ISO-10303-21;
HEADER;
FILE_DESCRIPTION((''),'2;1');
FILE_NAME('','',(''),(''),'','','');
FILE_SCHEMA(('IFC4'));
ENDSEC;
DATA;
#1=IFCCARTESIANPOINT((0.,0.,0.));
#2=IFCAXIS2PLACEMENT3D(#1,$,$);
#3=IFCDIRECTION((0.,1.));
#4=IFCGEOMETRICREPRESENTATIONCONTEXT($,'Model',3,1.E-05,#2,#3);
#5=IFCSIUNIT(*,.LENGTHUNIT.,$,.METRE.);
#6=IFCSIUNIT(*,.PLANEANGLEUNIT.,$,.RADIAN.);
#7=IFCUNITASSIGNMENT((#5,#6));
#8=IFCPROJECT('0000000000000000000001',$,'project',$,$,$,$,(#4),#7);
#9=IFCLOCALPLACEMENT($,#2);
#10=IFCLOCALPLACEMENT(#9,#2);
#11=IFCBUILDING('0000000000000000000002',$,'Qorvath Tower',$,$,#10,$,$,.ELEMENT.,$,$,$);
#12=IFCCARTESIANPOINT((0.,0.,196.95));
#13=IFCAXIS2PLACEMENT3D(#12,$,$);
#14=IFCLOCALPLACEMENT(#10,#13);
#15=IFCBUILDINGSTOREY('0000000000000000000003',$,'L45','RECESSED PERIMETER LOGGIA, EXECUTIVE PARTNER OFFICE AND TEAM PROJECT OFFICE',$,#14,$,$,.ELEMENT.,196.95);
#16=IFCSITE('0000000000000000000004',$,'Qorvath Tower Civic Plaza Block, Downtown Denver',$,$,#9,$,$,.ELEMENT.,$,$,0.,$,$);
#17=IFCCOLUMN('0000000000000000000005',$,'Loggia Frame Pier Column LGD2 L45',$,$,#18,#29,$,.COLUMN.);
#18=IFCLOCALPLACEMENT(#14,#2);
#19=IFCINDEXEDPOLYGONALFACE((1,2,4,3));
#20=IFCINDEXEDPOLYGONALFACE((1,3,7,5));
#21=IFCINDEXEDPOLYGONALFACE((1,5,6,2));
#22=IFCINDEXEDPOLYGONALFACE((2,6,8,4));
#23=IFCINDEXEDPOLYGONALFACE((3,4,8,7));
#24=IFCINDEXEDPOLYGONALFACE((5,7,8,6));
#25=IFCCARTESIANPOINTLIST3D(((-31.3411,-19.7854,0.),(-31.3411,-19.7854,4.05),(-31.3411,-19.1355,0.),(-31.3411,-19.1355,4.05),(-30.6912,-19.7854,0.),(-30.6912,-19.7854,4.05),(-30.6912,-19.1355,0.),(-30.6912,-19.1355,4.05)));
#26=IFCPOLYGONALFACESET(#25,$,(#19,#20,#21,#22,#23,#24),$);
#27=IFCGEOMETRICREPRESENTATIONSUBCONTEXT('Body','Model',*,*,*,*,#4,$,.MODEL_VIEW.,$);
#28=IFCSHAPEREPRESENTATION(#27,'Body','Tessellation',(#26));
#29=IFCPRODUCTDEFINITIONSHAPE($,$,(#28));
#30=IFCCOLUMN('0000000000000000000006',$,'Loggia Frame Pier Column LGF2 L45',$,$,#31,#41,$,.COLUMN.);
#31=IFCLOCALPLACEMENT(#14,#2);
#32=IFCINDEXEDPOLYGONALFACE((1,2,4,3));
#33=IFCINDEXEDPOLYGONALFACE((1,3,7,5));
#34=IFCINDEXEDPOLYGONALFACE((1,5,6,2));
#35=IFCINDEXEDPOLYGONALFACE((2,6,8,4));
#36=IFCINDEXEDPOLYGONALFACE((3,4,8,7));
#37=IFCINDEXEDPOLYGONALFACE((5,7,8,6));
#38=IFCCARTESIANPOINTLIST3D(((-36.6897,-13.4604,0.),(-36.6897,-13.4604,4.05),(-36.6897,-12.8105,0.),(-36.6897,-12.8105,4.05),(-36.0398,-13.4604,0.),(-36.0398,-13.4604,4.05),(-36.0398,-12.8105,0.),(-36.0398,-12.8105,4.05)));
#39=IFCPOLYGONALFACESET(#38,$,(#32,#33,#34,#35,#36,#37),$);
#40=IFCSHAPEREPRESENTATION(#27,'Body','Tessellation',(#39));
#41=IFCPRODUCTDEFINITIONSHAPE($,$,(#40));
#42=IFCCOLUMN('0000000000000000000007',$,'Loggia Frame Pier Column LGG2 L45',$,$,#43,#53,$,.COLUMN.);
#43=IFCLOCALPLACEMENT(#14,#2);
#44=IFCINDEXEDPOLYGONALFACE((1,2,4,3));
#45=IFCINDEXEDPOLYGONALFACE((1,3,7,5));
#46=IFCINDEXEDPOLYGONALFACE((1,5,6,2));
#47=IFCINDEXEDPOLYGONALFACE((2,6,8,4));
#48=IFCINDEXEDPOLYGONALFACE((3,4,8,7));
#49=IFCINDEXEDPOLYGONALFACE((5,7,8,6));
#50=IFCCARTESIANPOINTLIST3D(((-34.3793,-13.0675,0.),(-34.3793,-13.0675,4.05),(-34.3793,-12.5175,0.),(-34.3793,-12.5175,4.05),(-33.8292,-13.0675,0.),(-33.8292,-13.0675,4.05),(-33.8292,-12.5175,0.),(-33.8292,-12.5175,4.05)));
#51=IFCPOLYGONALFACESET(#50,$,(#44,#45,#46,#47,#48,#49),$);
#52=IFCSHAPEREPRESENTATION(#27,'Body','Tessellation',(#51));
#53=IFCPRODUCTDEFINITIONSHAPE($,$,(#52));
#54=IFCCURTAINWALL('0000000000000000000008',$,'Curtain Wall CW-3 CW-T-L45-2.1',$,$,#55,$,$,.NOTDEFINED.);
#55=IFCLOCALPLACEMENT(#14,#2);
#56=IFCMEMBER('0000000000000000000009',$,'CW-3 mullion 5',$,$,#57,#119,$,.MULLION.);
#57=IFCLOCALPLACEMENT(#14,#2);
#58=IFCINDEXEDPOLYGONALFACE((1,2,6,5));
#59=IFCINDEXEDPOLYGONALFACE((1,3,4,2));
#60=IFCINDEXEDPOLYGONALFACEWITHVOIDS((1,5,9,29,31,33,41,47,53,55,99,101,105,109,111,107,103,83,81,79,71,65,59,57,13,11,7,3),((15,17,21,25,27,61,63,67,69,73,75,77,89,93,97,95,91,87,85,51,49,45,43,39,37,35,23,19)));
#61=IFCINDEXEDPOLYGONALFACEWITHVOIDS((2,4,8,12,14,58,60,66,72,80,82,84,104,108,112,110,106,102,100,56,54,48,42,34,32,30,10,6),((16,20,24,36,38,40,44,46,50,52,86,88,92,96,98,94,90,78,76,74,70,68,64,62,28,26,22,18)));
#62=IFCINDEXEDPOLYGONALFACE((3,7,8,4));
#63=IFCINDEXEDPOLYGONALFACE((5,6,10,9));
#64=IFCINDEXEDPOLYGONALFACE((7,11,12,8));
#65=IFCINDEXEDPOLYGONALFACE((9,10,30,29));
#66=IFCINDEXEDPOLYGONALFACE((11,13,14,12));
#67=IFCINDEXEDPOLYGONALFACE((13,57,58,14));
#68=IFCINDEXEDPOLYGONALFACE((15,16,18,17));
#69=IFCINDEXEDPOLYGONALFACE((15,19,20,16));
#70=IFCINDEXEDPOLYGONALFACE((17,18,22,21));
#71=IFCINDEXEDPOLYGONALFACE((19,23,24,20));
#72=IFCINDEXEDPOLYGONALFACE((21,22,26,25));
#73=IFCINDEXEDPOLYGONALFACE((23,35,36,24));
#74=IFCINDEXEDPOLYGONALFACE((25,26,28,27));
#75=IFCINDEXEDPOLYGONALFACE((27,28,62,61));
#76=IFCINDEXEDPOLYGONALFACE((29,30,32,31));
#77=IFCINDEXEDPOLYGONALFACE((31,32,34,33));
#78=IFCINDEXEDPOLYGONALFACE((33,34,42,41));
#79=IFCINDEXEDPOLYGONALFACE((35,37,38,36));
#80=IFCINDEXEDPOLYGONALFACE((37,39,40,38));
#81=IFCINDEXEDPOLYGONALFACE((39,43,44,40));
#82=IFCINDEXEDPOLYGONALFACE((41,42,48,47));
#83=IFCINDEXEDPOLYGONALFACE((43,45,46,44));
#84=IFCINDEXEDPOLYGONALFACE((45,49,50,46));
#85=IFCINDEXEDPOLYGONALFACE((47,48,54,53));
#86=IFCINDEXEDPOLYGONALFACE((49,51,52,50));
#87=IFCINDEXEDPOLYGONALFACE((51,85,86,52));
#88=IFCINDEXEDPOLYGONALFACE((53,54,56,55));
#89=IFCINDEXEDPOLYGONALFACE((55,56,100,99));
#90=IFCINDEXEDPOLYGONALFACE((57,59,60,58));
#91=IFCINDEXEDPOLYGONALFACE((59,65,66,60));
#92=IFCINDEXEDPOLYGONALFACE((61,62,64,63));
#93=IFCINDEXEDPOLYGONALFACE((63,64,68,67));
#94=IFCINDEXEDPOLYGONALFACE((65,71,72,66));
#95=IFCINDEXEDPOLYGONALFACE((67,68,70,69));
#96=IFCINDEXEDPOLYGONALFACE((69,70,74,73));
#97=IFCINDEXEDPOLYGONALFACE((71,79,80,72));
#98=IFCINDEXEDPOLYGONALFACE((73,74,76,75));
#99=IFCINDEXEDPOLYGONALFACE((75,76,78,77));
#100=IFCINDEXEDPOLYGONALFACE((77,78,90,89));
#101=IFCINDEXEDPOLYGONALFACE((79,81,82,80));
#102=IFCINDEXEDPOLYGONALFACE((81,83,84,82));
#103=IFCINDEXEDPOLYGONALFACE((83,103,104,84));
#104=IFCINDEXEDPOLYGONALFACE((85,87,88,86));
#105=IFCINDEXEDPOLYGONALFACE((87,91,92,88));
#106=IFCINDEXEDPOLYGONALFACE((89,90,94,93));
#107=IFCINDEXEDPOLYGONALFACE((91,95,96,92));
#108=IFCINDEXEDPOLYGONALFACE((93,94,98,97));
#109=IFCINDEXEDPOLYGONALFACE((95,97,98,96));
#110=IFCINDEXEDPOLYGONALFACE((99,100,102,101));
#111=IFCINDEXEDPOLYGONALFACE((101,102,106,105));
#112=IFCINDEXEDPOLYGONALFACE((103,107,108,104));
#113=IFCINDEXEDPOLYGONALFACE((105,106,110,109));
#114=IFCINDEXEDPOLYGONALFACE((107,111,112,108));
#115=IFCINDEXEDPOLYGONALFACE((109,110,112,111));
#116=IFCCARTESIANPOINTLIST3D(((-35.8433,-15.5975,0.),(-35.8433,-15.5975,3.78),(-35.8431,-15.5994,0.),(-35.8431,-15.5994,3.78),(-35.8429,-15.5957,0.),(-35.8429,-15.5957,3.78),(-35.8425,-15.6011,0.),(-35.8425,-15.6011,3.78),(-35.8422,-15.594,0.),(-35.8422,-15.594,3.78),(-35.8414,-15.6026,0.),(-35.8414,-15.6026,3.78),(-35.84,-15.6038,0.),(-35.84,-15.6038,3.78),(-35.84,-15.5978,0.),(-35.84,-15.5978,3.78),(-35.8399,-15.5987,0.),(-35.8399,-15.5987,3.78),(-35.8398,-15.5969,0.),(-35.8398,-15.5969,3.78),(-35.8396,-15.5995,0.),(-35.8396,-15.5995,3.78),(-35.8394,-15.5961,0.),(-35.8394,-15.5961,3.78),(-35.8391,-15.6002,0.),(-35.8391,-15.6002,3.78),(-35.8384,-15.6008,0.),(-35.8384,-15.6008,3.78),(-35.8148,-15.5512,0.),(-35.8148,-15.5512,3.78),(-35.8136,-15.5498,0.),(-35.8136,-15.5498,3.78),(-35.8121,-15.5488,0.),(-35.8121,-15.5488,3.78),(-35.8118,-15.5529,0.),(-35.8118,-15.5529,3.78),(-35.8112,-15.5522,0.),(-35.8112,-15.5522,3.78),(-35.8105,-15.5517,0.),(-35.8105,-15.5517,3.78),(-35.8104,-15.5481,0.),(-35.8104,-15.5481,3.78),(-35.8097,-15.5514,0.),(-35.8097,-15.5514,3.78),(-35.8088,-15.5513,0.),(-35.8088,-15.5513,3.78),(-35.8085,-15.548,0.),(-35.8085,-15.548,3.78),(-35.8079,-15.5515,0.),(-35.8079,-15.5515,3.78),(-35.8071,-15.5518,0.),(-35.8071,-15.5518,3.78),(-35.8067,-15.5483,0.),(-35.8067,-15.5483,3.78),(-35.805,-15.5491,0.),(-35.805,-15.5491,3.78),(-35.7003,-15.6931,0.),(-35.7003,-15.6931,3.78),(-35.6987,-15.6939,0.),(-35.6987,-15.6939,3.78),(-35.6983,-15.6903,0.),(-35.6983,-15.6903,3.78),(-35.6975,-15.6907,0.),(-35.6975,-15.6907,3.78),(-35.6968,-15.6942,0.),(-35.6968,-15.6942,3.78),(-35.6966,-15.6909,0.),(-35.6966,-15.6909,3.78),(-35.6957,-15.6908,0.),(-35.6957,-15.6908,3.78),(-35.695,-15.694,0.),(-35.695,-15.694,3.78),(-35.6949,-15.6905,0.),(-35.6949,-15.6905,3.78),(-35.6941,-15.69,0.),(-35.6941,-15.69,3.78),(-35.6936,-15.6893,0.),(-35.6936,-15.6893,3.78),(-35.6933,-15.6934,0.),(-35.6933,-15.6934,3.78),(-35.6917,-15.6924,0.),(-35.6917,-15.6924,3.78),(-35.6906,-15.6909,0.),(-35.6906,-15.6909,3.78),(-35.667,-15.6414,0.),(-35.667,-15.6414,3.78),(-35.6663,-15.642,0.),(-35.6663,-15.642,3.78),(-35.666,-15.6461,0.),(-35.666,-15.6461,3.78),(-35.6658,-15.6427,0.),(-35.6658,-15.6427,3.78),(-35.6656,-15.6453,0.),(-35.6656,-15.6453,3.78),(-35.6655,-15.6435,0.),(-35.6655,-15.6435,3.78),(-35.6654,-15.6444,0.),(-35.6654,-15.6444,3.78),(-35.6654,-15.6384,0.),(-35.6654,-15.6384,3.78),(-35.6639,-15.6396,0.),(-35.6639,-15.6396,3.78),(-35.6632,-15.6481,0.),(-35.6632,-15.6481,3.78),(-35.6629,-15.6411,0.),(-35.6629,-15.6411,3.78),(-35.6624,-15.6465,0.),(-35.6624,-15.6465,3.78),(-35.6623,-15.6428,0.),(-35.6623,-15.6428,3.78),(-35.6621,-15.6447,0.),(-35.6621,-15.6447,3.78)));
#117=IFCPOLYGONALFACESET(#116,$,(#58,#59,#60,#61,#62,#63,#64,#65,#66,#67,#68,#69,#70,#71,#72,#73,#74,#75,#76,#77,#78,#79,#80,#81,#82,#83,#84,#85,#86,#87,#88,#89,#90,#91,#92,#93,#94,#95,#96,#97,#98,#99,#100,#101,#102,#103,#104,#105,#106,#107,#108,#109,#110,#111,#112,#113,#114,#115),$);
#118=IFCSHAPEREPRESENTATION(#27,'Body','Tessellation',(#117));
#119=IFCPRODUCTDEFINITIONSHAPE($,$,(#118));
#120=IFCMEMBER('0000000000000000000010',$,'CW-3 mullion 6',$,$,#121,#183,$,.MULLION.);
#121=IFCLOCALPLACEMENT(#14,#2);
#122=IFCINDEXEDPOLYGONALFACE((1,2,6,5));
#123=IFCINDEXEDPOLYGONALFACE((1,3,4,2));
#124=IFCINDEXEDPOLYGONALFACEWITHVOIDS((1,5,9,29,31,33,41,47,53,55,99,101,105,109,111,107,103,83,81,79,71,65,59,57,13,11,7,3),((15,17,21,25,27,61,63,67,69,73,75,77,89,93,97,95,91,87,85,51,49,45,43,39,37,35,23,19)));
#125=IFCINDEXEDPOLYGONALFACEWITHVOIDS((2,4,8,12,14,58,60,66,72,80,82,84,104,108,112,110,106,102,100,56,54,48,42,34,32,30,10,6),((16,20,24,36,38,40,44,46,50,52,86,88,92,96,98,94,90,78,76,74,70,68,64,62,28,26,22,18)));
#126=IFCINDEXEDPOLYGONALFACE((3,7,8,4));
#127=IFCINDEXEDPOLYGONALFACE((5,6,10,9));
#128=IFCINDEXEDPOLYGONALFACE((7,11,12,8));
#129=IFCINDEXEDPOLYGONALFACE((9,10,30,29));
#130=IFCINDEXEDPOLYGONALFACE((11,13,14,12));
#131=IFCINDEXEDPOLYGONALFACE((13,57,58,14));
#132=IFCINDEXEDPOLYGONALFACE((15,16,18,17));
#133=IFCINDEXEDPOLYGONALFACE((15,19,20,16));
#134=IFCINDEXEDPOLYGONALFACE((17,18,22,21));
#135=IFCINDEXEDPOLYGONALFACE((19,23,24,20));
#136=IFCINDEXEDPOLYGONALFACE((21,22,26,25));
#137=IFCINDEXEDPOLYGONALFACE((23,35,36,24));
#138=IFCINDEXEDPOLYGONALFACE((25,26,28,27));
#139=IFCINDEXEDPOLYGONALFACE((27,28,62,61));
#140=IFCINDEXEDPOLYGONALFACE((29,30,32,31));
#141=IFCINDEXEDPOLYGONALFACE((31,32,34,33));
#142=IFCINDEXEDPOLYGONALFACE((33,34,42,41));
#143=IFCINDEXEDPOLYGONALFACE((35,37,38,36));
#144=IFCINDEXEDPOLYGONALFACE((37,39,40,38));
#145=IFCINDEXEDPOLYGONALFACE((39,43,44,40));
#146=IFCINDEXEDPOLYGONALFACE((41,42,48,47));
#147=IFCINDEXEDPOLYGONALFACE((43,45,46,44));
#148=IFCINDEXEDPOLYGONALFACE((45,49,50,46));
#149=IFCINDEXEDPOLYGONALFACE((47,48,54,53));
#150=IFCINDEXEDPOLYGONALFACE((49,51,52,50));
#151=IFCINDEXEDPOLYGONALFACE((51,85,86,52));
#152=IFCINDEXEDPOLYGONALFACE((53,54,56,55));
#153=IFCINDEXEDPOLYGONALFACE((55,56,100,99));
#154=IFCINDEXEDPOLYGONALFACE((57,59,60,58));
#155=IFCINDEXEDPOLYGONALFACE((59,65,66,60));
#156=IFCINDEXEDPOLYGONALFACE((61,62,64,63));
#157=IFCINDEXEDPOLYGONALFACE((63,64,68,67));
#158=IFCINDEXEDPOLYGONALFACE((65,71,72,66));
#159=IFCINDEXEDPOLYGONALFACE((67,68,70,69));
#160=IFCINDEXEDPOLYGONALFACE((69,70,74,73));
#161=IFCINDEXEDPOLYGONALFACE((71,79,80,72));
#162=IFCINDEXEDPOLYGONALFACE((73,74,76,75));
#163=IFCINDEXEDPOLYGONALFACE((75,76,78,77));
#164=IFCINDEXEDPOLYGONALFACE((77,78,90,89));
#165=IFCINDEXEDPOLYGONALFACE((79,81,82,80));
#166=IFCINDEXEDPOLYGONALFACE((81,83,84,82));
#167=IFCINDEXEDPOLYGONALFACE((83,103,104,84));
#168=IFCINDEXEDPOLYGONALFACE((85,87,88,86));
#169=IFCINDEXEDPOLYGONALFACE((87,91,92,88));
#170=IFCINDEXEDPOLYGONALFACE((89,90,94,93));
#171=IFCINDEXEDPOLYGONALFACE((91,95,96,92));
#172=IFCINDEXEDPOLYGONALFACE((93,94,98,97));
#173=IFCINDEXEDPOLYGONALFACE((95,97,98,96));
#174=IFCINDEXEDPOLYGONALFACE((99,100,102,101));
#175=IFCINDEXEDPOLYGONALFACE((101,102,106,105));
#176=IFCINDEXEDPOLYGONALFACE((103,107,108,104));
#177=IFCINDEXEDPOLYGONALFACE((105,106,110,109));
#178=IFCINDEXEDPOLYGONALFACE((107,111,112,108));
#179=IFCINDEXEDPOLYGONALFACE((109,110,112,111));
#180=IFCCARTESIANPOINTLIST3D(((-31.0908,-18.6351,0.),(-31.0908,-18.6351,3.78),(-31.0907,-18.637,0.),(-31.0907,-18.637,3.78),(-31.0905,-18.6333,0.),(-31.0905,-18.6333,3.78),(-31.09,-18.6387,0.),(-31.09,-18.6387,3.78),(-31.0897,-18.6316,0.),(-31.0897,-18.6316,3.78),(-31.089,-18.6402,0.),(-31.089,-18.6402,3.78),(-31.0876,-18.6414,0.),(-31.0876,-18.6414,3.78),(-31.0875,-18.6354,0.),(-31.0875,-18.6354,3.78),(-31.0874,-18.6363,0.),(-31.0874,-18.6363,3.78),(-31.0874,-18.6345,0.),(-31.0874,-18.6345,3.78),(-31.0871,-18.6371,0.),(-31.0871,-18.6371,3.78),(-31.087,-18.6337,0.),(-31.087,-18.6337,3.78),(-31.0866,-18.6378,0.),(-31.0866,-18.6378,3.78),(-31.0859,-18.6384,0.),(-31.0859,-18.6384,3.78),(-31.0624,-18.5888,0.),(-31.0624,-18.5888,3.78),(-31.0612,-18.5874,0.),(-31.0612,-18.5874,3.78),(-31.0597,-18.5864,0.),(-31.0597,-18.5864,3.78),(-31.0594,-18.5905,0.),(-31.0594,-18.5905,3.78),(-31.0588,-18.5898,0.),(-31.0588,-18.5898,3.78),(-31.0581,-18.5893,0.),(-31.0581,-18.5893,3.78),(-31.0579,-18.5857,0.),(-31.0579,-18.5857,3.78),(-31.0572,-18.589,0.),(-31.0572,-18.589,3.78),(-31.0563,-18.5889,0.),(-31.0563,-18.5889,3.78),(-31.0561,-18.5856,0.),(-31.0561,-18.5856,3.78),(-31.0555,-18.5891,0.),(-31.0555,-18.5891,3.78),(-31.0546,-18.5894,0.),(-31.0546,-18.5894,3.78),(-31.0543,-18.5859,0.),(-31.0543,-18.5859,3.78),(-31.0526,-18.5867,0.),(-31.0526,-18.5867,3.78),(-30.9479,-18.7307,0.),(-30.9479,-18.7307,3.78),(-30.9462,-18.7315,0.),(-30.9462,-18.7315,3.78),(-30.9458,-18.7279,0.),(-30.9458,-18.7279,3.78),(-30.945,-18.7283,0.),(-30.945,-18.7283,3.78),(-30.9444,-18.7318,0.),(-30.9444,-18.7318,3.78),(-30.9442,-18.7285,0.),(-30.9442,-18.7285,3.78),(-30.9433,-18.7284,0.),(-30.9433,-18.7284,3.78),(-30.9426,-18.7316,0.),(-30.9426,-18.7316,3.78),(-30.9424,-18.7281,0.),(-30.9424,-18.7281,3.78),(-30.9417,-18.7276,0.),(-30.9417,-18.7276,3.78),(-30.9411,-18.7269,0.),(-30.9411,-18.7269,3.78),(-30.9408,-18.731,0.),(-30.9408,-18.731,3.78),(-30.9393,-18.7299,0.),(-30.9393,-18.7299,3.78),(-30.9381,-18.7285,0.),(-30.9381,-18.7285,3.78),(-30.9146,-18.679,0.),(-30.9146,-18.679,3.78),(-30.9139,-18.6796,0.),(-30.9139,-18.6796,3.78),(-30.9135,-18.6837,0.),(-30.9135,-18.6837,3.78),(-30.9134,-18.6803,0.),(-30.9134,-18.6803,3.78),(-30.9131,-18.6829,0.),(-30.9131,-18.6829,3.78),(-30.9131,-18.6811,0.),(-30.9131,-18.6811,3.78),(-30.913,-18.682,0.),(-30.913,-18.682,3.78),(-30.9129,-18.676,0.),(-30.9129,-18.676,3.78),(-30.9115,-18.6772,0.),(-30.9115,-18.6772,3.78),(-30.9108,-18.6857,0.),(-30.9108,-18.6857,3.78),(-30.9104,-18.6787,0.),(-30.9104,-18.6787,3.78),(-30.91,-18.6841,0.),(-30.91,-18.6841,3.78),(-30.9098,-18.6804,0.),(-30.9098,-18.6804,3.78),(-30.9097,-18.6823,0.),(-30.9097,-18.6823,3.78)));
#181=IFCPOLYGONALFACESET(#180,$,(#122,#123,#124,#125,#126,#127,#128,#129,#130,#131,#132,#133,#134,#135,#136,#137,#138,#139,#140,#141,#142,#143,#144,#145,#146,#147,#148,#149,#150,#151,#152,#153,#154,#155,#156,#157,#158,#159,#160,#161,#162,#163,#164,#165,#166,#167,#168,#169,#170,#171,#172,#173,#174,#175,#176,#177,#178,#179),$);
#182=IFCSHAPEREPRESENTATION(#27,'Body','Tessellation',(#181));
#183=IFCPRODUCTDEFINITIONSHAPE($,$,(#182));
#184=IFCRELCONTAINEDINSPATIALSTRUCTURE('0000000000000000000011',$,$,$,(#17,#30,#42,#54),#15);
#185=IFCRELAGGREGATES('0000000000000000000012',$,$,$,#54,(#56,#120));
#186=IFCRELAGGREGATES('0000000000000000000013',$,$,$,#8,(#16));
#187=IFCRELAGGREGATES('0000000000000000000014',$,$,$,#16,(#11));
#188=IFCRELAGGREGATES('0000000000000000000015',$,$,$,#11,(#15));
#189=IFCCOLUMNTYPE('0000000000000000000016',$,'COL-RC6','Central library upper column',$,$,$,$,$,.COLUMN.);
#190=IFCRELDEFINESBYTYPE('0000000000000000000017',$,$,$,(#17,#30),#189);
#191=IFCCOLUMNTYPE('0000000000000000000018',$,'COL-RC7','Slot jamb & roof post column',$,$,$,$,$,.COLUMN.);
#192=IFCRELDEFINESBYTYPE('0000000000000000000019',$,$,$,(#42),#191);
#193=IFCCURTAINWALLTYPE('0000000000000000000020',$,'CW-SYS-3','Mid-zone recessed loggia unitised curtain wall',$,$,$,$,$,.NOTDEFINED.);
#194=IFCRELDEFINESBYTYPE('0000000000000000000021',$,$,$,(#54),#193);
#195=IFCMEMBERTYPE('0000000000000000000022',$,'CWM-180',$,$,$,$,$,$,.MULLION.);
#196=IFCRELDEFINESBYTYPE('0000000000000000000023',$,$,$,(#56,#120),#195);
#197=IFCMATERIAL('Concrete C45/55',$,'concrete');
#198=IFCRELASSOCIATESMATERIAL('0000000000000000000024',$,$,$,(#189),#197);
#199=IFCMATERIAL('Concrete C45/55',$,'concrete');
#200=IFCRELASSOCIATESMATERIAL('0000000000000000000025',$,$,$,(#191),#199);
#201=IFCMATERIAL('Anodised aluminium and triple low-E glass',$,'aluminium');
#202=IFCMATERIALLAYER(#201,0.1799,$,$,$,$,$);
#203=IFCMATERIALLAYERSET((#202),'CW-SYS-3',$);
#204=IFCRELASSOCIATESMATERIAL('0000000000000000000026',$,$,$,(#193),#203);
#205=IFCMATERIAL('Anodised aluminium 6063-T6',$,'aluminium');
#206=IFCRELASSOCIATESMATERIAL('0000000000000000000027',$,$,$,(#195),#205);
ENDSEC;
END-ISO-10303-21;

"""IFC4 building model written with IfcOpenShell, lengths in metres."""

from ifc_helpers import new_model, si_unit, direction, frame, origin, origin_2d, place, context, subcontext, project, spatial, rectangle, hollow_rectangle, extrude, material, layer, layer_set, material_profile, profile_set, type_object, element, aggregate, save


model = new_model("IFC4")

# Units and contexts
model_context = context("Model", 3, precision=1e-05, world=origin(), true_north=direction((0.0, 1.0)))
body_context = subcontext(model_context, "Body", "Model", "MODEL_VIEW")
ifc_project = project(units=[si_unit("LENGTHUNIT", "METRE"), si_unit("PLANEANGLEUNIT", "RADIAN")], contexts=[model_context])

# Site, building, storey
site_placement = place(None, origin())
site = spatial("IfcSite", under=ifc_project, at=site_placement, Name="Qorvath Tower Civic Plaza Block, Downtown Denver", CompositionType="ELEMENT", RefElevation=0.0)
building_placement = place(site_placement, origin())
building = spatial("IfcBuilding", under=site, at=building_placement, Name="Qorvath Tower", CompositionType="ELEMENT")
storey_placement = place(building_placement, frame((0.0, 0.0, 196.95)))
storey = spatial("IfcBuildingStorey", under=building, at=storey_placement, Name="L45", Description="RECESSED PERIMETER LOGGIA, EXECUTIVE PARTNER OFFICE AND TEAM PROJECT OFFICE", CompositionType="ELEMENT", Elevation=196.95)

# Columns
ifc_material_1 = material(Name="Concrete C45/55", Category="concrete")
ifc_material_profile_1 = material_profile(ifc_material_1, rectangle(XDim=0.6499, YDim=0.6499, at=origin_2d()), Name="RC 650x650")
ifc_profile_set_1 = profile_set([ifc_material_profile_1], Name="Concrete C45/55")
column_type_1 = type_object("IfcColumnType", Name="COL-RC6", Description="Central library upper column", PredefinedType="COLUMN", material=ifc_profile_set_1)
for number, where, z_axis, x_axis, name in (
    (1, (-31.0161, -19.4604, 0.0), (0.0, 0.0, 1.0), (1.0, 0.0, 0.0), "Loggia Frame Pier Column LGD2 L45"),
    (2, (-36.3647, -13.1355, 0.0), (0.0, 0.0, 1.0), (1.0, 0.0, 0.0), "Loggia Frame Pier Column LGF2 L45"),
):
    element("IfcColumn", number, at=place(storey_placement, frame(where, z_axis=z_axis, x_axis=x_axis)), inside=storey, type_object=column_type_1, Name=name, PredefinedType="COLUMN", context=body_context, shape_type="SweptSolid", body=[
        extrude(rectangle(XDim=0.6499, YDim=0.6499, at=origin_2d()), origin(), (0.0, 0.0, 1.0), 4.05),
    ])
ifc_material_2 = material(Name="Concrete C45/55", Category="concrete")
ifc_material_profile_2 = material_profile(ifc_material_2, rectangle(XDim=0.55, YDim=0.55, at=origin_2d()), Name="RC 550x550")
ifc_profile_set_2 = profile_set([ifc_material_profile_2], Name="Concrete C45/55")
column_type_2 = type_object("IfcColumnType", Name="COL-RC7", Description="Slot jamb & roof post column", PredefinedType="COLUMN", material=ifc_profile_set_2)
column_placement = place(storey_placement, frame((-34.1042, -12.7925, 0.0), z_axis=(0.0, 0.0, 1.0), x_axis=(1.0, 0.0, 0.0)))
element("IfcColumn", 3, at=column_placement, inside=storey, type_object=column_type_2, Name="Loggia Frame Pier Column LGG2 L45", PredefinedType="COLUMN", context=body_context, shape_type="SweptSolid", body=[
    extrude(rectangle(XDim=0.55, YDim=0.55, at=origin_2d()), origin(), (0.0, 0.0, 1.0), 4.05),
])

# Curtain wall, members
ifc_material_3 = material(Name="Anodised aluminium and triple low-E glass", Category="aluminium")
ifc_layer_1 = layer(ifc_material_3, 0.1799)
ifc_layer_set_1 = layer_set([ifc_layer_1], Name="CW-SYS-3")
curtain_wall_type = type_object("IfcCurtainWallType", Name="CW-SYS-3", Description="Mid-zone recessed loggia unitised curtain wall", PredefinedType="NOTDEFINED", material=ifc_layer_set_1)
curtain_wall_placement = place(storey_placement, origin())
curtain_wall = element("IfcCurtainWall", 4, at=curtain_wall_placement, inside=storey, type_object=curtain_wall_type, Name="Curtain Wall CW-3 CW-T-L45-2.1", PredefinedType="NOTDEFINED")
ifc_material_4 = material(Name="Anodised aluminium 6063-T6", Category="aluminium")
ifc_material_profile_3 = material_profile(ifc_material_4, hollow_rectangle(XDim=0.0649, YDim=0.1799, WallThickness=0.0034, InnerFilletRadius=0.0034, OuterFilletRadius=0.0071, at=origin_2d()), Name="CWM 180x65")
ifc_profile_set_3 = profile_set([ifc_material_profile_3], Name="Anodised aluminium 6063-T6")
member_type_1 = type_object("IfcMemberType", Name="CWM-180", PredefinedType="MULLION", material=ifc_profile_set_3)
member_1_placement = place(storey_placement, frame((-35.7527, -15.6211, 0.0), z_axis=(0.0, 0.0, 1.0), x_axis=(0.538534, 0.842604, 0.0)))
member_1 = element("IfcMember", 5, at=member_1_placement, type_object=member_type_1, Name="CW-3 mullion 5", PredefinedType="MULLION", context=body_context, shape_type="SweptSolid", body=[
    extrude(hollow_rectangle(XDim=0.0649, YDim=0.1799, WallThickness=0.0034, InnerFilletRadius=0.0034, OuterFilletRadius=0.0071, at=origin_2d()), origin(), (0.0, 0.0, 1.0), 3.78),
])
member_2_placement = place(storey_placement, frame((-31.0002, -18.6587, 0.0), z_axis=(0.0, 0.0, 1.0), x_axis=(0.538534, 0.842604, 0.0)))
member_2 = element("IfcMember", 6, at=member_2_placement, type_object=member_type_1, Name="CW-3 mullion 6", PredefinedType="MULLION", context=body_context, shape_type="SweptSolid", body=[
    extrude(hollow_rectangle(XDim=0.0649, YDim=0.1799, WallThickness=0.0034, InnerFilletRadius=0.0034, OuterFilletRadius=0.0071, at=origin_2d()), origin(), (0.0, 0.0, 1.0), 3.78),
])
aggregate(curtain_wall, [member_1, member_2])

save(model, "model.ifc")
